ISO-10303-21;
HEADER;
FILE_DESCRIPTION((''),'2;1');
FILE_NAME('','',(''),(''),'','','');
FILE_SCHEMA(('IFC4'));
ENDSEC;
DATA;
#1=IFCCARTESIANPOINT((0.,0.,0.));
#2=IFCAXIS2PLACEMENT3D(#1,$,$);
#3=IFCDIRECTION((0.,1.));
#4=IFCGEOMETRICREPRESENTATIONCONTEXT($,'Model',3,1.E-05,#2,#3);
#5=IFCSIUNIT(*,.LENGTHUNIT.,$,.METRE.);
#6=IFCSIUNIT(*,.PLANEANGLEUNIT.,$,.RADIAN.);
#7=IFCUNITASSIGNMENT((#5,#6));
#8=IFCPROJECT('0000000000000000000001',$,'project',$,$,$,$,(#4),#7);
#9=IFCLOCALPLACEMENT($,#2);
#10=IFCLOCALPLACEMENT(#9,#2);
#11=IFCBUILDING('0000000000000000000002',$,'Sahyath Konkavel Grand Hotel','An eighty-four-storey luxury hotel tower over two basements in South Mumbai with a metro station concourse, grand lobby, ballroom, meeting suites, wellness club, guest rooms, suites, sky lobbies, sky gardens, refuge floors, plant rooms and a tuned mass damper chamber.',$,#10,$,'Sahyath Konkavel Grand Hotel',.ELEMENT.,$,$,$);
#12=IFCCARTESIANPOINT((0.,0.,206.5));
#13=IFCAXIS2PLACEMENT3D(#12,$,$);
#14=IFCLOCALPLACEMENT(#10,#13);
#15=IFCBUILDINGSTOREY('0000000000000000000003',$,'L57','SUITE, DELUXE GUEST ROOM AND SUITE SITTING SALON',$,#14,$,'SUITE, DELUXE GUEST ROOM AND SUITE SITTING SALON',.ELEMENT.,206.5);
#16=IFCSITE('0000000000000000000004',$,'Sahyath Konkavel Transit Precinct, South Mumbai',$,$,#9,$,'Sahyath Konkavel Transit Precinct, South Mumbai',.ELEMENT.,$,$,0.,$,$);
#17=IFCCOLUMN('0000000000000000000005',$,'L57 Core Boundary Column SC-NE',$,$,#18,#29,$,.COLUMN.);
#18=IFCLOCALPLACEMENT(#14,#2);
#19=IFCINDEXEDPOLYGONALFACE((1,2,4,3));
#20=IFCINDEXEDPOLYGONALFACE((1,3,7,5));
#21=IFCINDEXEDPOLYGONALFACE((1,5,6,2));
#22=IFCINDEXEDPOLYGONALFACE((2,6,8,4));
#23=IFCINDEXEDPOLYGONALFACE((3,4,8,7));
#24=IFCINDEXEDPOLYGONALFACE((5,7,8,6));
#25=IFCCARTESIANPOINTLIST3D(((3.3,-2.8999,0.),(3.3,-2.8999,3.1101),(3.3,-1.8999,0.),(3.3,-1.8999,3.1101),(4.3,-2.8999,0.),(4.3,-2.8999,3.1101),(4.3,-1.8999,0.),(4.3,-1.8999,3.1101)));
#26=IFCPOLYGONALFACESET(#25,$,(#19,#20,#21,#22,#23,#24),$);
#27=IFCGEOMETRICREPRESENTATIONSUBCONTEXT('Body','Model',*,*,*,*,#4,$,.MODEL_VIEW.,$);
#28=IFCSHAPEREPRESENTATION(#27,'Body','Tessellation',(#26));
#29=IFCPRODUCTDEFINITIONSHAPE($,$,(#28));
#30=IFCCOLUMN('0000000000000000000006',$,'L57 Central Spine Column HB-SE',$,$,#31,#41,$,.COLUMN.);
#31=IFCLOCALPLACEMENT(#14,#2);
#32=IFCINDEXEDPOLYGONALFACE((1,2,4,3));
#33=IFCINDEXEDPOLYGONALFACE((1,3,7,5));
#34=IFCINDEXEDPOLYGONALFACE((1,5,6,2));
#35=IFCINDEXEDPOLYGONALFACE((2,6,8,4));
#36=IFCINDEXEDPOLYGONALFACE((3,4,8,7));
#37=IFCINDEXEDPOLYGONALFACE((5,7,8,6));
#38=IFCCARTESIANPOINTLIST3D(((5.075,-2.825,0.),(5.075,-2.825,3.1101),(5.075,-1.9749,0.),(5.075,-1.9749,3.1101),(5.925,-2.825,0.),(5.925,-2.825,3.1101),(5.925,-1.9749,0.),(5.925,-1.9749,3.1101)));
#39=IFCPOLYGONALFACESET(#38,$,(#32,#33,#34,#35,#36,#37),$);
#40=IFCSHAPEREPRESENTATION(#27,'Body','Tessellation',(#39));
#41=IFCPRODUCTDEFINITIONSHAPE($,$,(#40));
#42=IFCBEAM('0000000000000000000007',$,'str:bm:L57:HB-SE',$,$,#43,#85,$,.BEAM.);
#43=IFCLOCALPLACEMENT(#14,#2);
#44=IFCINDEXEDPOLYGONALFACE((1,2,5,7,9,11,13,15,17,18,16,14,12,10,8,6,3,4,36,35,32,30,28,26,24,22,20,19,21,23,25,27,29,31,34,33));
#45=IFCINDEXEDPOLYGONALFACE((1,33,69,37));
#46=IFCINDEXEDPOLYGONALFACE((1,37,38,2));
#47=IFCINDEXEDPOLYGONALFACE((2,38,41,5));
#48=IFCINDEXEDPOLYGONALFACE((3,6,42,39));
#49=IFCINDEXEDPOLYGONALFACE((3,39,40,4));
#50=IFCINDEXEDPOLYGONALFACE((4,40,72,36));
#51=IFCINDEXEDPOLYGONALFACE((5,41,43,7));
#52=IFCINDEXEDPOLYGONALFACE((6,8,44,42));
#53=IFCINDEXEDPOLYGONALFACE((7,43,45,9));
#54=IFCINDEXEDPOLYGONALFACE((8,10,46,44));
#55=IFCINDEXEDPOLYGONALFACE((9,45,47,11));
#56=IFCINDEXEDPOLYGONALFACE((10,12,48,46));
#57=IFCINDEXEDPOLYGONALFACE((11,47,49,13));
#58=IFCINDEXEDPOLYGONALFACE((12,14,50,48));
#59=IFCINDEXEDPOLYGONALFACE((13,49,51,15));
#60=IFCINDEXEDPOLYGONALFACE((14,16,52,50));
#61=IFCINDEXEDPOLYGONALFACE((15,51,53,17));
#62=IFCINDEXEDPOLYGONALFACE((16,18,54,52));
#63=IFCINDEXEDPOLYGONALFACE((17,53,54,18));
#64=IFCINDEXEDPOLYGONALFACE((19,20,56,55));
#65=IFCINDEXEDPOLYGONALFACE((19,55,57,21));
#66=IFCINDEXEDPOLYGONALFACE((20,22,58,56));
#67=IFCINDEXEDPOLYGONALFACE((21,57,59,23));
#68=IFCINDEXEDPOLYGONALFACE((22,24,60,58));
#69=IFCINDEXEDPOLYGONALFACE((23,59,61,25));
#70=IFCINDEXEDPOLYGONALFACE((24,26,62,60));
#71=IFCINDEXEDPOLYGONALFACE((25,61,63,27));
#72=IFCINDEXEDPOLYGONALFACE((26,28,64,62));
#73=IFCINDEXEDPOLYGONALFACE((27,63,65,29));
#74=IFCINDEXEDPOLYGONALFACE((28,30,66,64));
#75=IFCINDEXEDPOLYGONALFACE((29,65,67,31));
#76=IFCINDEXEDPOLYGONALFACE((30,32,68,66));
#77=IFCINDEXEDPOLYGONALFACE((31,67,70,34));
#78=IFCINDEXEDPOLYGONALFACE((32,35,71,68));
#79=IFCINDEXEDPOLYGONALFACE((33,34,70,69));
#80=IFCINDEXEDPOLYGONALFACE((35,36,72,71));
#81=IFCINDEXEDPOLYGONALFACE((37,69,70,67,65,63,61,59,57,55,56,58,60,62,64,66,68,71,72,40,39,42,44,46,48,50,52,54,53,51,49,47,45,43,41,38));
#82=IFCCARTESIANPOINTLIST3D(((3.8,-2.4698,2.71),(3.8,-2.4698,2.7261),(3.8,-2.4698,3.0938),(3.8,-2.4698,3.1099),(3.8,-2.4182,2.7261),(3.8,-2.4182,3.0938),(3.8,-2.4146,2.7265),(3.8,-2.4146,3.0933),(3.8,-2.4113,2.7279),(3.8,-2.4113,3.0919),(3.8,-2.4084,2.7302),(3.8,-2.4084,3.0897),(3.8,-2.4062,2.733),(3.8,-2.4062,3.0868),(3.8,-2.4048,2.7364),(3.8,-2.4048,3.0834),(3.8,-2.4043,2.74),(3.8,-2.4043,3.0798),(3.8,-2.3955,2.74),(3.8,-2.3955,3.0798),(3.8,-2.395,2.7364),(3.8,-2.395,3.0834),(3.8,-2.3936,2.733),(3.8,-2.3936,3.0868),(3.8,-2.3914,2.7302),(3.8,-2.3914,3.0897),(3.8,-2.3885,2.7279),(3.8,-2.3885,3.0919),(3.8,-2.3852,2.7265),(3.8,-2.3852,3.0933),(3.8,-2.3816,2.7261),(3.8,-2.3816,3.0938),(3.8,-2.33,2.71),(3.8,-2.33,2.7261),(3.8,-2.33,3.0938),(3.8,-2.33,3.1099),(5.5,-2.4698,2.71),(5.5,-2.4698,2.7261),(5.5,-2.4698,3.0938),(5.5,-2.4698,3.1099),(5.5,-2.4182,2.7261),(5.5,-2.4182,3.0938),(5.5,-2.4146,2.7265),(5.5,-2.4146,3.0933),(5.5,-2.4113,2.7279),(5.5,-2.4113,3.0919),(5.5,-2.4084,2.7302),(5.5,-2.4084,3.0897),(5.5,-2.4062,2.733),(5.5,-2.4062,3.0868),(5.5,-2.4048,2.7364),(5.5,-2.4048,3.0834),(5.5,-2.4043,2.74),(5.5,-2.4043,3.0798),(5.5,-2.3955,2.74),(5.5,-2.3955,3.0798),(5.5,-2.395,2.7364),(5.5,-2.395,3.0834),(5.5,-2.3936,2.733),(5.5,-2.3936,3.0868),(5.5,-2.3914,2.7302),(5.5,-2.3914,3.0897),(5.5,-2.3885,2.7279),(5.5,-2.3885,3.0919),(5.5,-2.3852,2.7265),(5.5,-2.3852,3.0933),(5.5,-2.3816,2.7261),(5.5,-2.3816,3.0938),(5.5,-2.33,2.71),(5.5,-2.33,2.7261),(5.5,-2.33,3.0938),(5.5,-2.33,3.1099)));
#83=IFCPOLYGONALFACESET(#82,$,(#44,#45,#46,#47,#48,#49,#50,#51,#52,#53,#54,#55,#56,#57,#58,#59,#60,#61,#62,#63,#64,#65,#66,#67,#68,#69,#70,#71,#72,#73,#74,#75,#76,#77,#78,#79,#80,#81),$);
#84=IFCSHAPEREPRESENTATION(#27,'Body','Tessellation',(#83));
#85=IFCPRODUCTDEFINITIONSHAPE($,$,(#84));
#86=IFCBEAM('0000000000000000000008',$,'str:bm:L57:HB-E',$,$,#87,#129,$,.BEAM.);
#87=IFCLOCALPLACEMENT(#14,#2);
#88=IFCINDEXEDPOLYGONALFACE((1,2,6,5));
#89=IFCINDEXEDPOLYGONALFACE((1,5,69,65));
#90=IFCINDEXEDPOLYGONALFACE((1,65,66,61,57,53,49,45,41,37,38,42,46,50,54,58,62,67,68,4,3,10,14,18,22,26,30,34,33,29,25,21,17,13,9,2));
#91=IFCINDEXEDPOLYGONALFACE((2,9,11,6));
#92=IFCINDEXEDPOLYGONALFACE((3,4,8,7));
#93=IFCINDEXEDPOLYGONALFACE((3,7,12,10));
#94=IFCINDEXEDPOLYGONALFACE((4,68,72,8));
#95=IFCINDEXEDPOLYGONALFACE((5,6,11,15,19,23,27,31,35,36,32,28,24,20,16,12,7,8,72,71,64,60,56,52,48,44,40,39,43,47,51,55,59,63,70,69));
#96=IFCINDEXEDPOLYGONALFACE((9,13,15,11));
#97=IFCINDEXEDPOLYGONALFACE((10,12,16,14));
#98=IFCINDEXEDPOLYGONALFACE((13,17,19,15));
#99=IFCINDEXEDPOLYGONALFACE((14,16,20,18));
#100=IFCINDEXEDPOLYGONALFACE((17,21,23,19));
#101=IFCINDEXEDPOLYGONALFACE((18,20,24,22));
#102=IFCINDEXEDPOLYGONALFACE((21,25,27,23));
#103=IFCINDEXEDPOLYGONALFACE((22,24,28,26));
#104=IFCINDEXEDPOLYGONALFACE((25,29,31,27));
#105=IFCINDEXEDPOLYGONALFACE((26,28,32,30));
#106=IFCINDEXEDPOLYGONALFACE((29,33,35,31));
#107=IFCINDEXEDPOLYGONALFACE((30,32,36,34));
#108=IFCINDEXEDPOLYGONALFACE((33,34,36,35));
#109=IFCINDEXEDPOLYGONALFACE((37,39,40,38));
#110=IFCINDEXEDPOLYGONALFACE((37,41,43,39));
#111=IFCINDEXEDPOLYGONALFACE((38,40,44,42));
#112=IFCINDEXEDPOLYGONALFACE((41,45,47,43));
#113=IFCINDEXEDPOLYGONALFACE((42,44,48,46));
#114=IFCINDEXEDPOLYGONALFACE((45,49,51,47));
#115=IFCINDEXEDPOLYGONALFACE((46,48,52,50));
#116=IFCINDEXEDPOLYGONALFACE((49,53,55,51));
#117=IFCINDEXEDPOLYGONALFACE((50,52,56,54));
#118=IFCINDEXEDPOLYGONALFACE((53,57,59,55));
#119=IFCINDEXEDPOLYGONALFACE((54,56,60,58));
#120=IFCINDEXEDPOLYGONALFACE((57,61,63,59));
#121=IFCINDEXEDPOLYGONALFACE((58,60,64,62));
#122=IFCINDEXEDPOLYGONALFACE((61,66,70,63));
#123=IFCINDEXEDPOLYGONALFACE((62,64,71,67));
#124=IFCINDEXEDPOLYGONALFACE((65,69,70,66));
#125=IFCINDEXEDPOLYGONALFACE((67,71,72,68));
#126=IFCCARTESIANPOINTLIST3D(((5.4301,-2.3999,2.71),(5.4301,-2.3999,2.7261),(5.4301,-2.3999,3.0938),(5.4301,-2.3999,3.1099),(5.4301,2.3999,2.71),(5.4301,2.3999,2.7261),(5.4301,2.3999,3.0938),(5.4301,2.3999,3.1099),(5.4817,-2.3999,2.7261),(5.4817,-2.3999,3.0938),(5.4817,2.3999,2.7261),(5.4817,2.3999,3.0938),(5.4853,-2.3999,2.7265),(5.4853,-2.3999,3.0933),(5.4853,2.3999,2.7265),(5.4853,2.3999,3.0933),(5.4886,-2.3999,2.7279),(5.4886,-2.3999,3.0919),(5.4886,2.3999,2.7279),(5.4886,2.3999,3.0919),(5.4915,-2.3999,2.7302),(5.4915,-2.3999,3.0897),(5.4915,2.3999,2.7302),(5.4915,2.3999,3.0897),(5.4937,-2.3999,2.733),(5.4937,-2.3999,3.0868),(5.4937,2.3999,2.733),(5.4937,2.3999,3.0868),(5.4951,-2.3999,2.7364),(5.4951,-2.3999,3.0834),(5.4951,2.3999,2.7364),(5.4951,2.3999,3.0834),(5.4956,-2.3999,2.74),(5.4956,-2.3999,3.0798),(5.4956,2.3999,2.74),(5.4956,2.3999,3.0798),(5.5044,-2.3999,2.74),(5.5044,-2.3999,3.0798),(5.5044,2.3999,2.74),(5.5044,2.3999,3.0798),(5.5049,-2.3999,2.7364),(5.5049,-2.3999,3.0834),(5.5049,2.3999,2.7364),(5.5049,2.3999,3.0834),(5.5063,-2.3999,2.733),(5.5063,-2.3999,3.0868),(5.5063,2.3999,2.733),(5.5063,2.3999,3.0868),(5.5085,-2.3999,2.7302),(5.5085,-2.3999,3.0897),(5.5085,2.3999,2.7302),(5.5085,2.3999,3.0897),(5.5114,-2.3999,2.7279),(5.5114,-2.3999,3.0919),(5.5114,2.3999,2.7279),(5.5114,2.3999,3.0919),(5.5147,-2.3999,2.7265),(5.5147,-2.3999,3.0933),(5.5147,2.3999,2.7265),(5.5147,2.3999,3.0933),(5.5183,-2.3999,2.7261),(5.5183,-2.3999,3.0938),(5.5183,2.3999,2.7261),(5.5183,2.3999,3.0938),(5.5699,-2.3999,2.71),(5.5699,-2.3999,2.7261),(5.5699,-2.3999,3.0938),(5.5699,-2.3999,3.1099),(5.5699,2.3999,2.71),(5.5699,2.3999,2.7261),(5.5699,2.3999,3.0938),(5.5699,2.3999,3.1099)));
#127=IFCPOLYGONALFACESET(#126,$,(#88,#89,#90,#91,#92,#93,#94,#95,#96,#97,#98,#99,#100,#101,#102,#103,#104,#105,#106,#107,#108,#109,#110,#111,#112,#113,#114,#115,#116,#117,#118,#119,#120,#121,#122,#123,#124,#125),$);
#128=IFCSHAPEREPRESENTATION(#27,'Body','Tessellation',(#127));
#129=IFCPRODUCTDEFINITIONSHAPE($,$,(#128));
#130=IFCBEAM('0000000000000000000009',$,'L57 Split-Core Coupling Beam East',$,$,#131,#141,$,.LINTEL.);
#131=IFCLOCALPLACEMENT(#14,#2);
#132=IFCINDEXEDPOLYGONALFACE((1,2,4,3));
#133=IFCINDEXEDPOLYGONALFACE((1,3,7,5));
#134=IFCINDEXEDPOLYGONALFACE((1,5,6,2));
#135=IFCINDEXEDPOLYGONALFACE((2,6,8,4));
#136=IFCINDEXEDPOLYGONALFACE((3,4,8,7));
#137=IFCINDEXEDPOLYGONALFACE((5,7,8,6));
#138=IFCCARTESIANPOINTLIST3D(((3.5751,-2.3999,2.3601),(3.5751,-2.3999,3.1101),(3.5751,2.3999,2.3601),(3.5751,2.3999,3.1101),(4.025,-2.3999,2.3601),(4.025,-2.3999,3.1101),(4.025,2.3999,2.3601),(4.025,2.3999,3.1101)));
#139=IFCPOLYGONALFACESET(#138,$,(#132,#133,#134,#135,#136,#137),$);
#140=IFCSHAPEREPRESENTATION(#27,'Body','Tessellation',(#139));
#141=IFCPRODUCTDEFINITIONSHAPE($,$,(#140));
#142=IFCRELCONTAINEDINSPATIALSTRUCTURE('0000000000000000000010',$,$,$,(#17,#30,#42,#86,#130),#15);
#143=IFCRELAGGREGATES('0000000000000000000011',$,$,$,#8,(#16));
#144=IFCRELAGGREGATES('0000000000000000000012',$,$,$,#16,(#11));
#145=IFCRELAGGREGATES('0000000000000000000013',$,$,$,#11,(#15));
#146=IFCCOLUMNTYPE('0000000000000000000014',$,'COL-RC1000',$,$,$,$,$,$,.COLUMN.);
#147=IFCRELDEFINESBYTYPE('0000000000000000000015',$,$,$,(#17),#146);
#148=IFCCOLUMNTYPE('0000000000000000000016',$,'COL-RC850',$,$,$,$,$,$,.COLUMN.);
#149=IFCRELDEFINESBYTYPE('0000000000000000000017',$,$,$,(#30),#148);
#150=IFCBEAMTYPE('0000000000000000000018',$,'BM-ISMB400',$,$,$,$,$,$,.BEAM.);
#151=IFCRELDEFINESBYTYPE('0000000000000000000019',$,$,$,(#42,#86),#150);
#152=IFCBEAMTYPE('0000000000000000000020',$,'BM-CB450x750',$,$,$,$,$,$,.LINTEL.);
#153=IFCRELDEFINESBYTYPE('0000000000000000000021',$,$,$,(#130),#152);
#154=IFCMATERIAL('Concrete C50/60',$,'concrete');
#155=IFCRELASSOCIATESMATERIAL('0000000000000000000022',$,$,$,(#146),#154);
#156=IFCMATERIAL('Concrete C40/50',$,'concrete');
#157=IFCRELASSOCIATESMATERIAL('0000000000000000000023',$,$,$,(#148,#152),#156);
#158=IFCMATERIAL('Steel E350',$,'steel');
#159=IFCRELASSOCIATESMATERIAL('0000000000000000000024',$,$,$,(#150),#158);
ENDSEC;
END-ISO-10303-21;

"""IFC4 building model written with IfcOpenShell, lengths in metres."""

from ifc_helpers import new_model, si_unit, direction, frame, origin, origin_2d, place, context, subcontext, project, spatial, rectangle, i_section, extrude, source, transform, mapped, material, material_profile, profile_set, type_object, element, save


model = new_model("IFC4")

# Units and contexts
model_context = context("Model", 3, precision=1e-05, world=origin(), true_north=direction((0.0, 1.0)))
body_context = subcontext(model_context, "Body", "Model", "MODEL_VIEW")
ifc_project = project(units=[si_unit("LENGTHUNIT", "METRE"), si_unit("PLANEANGLEUNIT", "RADIAN")], contexts=[model_context])

# Site, building, storey
site_placement = place(None, origin())
site = spatial("IfcSite", under=ifc_project, at=site_placement, Name="Sahyath Konkavel Transit Precinct, South Mumbai", LongName="Sahyath Konkavel Transit Precinct, South Mumbai", CompositionType="ELEMENT", RefElevation=0.0)
building_placement = place(site_placement, origin())
building = spatial("IfcBuilding", under=site, at=building_placement, Name="Sahyath Konkavel Grand Hotel", Description="An eighty-four-storey luxury hotel tower over two basements in South Mumbai with a metro station concourse, grand lobby, ballroom, meeting suites, wellness club, guest rooms, suites, sky lobbies, sky gardens, refuge floors, plant rooms and a tuned mass damper chamber.", LongName="Sahyath Konkavel Grand Hotel", CompositionType="ELEMENT")
storey_placement = place(building_placement, frame((0.0, 0.0, 206.5)))
storey = spatial("IfcBuildingStorey", under=building, at=storey_placement, Name="L57", Description="SUITE, DELUXE GUEST ROOM AND SUITE SITTING SALON", LongName="SUITE, DELUXE GUEST ROOM AND SUITE SITTING SALON", CompositionType="ELEMENT", Elevation=206.5)

# Columns
ifc_material_1 = material(Name="Concrete C50/60", Category="concrete")
ifc_material_profile_1 = material_profile(ifc_material_1, rectangle(XDim=1.0, YDim=1.0, at=origin_2d()), Name="RC 1000x1000")
ifc_profile_set_1 = profile_set([ifc_material_profile_1], Name="Concrete C50/60")
column_type_1 = type_object("IfcColumnType", Name="COL-RC1000", PredefinedType="COLUMN", material=ifc_profile_set_1)
shared_shape_1 = source(origin(), body_context, "Body", "SweptSolid", [
    extrude(rectangle(XDim=1.0, YDim=1.0, at=origin_2d()), origin(), (0.0, 0.0, 1.0), 3.1101),
])
column_1_placement = place(storey_placement, frame((3.8, -2.3999, 0.0), z_axis=(0.0, 0.0, 1.0), x_axis=(1.0, 0.0, 0.0)))
element("IfcColumn", 1, at=column_1_placement, inside=storey, type_object=column_type_1, Name="L57 Core Boundary Column SC-NE", PredefinedType="COLUMN", context=body_context, shape_type="MappedRepresentation", body=[
    mapped(shared_shape_1, transform((0.0, 0.0, 0.0), scale=1.0)),
])
ifc_material_2 = material(Name="Concrete C40/50", Category="concrete")
ifc_material_profile_2 = material_profile(ifc_material_2, rectangle(XDim=0.8501, YDim=0.8501, at=origin_2d()), Name="RC 850x850")
ifc_profile_set_2 = profile_set([ifc_material_profile_2], Name="Concrete C40/50")
column_type_2 = type_object("IfcColumnType", Name="COL-RC850", PredefinedType="COLUMN", material=ifc_profile_set_2)
shared_shape_2 = source(origin(), body_context, "Body", "SweptSolid", [
    extrude(rectangle(XDim=0.8501, YDim=0.8501, at=origin_2d()), origin(), (0.0, 0.0, 1.0), 3.1101),
])
column_2_placement = place(storey_placement, frame((5.5, -2.3999, 0.0), z_axis=(0.0, 0.0, 1.0), x_axis=(1.0, 0.0, 0.0)))
element("IfcColumn", 2, at=column_2_placement, inside=storey, type_object=column_type_2, Name="L57 Central Spine Column HB-SE", PredefinedType="COLUMN", context=body_context, shape_type="MappedRepresentation", body=[
    mapped(shared_shape_2, transform((0.0, 0.0, 0.0), scale=1.0)),
])

# Beams
ifc_material_3 = material(Name="Steel E350", Category="steel")
ifc_material_profile_3 = material_profile(ifc_material_3, i_section(OverallWidth=0.1399, OverallDepth=0.3999, WebThickness=0.0088, FlangeThickness=0.0161, FilletRadius=0.0139, at=origin_2d()), Name="ISMB 400")
ifc_profile_set_3 = profile_set([ifc_material_profile_3], Name="Steel E350")
beam_type_1 = type_object("IfcBeamType", Name="BM-ISMB400", PredefinedType="BEAM", material=ifc_profile_set_3)
shared_shape_3 = source(origin(), body_context, "Body", "SweptSolid", [
    extrude(i_section(OverallWidth=0.1399, OverallDepth=0.3999, WebThickness=0.0088, FlangeThickness=0.0161, FilletRadius=0.0139, at=origin_2d()), origin(), (0.0, 0.0, 1.0), 1.7),
])
beam_1_placement = place(storey_placement, frame((3.8, -2.3999, 2.9099), z_axis=(1.0, 0.0, 0.0), x_axis=(0.0, 1.0, 0.0)))
element("IfcBeam", 3, at=beam_1_placement, inside=storey, type_object=beam_type_1, Name="str:bm:L57:HB-SE", PredefinedType="BEAM", context=body_context, shape_type="MappedRepresentation", body=[
    mapped(shared_shape_3, transform((0.0, 0.0, 0.0), scale=1.0)),
])
shared_shape_4 = source(origin(), body_context, "Body", "SweptSolid", [
    extrude(i_section(OverallWidth=0.1399, OverallDepth=0.3999, WebThickness=0.0088, FlangeThickness=0.0161, FilletRadius=0.0139, at=origin_2d()), origin(), (0.0, 0.0, 1.0), 4.7998),
])
beam_2_placement = place(storey_placement, frame((5.5, -2.3999, 2.9099), z_axis=(0.0, 1.0, 0.0), x_axis=(-1.0, 0.0, 0.0)))
element("IfcBeam", 4, at=beam_2_placement, inside=storey, type_object=beam_type_1, Name="str:bm:L57:HB-E", PredefinedType="BEAM", context=body_context, shape_type="MappedRepresentation", body=[
    mapped(shared_shape_4, transform((0.0, 0.0, 0.0), scale=1.0)),
])
ifc_material_profile_4 = material_profile(ifc_material_2, rectangle(XDim=0.45, YDim=0.75, at=origin_2d()), Name="RC 450x750")
ifc_profile_set_4 = profile_set([ifc_material_profile_4], Name="Concrete C40/50")
beam_type_2 = type_object("IfcBeamType", Name="BM-CB450x750", PredefinedType="LINTEL", material=ifc_profile_set_4)
shared_shape_5 = source(origin(), body_context, "Body", "SweptSolid", [
    extrude(rectangle(XDim=0.45, YDim=0.75, at=origin_2d()), origin(), (0.0, 0.0, 1.0), 4.7998),
])
beam_3_placement = place(storey_placement, frame((3.8, -2.3999, 2.7351), z_axis=(0.0, 1.0, 0.0), x_axis=(-1.0, 0.0, 0.0)))
element("IfcBeam", 5, at=beam_3_placement, inside=storey, type_object=beam_type_2, Name="L57 Split-Core Coupling Beam East", PredefinedType="LINTEL", context=body_context, shape_type="MappedRepresentation", body=[
    mapped(shared_shape_5, transform((0.0, 0.0, 0.0), scale=1.0)),
])

save(model, "model.ifc")
